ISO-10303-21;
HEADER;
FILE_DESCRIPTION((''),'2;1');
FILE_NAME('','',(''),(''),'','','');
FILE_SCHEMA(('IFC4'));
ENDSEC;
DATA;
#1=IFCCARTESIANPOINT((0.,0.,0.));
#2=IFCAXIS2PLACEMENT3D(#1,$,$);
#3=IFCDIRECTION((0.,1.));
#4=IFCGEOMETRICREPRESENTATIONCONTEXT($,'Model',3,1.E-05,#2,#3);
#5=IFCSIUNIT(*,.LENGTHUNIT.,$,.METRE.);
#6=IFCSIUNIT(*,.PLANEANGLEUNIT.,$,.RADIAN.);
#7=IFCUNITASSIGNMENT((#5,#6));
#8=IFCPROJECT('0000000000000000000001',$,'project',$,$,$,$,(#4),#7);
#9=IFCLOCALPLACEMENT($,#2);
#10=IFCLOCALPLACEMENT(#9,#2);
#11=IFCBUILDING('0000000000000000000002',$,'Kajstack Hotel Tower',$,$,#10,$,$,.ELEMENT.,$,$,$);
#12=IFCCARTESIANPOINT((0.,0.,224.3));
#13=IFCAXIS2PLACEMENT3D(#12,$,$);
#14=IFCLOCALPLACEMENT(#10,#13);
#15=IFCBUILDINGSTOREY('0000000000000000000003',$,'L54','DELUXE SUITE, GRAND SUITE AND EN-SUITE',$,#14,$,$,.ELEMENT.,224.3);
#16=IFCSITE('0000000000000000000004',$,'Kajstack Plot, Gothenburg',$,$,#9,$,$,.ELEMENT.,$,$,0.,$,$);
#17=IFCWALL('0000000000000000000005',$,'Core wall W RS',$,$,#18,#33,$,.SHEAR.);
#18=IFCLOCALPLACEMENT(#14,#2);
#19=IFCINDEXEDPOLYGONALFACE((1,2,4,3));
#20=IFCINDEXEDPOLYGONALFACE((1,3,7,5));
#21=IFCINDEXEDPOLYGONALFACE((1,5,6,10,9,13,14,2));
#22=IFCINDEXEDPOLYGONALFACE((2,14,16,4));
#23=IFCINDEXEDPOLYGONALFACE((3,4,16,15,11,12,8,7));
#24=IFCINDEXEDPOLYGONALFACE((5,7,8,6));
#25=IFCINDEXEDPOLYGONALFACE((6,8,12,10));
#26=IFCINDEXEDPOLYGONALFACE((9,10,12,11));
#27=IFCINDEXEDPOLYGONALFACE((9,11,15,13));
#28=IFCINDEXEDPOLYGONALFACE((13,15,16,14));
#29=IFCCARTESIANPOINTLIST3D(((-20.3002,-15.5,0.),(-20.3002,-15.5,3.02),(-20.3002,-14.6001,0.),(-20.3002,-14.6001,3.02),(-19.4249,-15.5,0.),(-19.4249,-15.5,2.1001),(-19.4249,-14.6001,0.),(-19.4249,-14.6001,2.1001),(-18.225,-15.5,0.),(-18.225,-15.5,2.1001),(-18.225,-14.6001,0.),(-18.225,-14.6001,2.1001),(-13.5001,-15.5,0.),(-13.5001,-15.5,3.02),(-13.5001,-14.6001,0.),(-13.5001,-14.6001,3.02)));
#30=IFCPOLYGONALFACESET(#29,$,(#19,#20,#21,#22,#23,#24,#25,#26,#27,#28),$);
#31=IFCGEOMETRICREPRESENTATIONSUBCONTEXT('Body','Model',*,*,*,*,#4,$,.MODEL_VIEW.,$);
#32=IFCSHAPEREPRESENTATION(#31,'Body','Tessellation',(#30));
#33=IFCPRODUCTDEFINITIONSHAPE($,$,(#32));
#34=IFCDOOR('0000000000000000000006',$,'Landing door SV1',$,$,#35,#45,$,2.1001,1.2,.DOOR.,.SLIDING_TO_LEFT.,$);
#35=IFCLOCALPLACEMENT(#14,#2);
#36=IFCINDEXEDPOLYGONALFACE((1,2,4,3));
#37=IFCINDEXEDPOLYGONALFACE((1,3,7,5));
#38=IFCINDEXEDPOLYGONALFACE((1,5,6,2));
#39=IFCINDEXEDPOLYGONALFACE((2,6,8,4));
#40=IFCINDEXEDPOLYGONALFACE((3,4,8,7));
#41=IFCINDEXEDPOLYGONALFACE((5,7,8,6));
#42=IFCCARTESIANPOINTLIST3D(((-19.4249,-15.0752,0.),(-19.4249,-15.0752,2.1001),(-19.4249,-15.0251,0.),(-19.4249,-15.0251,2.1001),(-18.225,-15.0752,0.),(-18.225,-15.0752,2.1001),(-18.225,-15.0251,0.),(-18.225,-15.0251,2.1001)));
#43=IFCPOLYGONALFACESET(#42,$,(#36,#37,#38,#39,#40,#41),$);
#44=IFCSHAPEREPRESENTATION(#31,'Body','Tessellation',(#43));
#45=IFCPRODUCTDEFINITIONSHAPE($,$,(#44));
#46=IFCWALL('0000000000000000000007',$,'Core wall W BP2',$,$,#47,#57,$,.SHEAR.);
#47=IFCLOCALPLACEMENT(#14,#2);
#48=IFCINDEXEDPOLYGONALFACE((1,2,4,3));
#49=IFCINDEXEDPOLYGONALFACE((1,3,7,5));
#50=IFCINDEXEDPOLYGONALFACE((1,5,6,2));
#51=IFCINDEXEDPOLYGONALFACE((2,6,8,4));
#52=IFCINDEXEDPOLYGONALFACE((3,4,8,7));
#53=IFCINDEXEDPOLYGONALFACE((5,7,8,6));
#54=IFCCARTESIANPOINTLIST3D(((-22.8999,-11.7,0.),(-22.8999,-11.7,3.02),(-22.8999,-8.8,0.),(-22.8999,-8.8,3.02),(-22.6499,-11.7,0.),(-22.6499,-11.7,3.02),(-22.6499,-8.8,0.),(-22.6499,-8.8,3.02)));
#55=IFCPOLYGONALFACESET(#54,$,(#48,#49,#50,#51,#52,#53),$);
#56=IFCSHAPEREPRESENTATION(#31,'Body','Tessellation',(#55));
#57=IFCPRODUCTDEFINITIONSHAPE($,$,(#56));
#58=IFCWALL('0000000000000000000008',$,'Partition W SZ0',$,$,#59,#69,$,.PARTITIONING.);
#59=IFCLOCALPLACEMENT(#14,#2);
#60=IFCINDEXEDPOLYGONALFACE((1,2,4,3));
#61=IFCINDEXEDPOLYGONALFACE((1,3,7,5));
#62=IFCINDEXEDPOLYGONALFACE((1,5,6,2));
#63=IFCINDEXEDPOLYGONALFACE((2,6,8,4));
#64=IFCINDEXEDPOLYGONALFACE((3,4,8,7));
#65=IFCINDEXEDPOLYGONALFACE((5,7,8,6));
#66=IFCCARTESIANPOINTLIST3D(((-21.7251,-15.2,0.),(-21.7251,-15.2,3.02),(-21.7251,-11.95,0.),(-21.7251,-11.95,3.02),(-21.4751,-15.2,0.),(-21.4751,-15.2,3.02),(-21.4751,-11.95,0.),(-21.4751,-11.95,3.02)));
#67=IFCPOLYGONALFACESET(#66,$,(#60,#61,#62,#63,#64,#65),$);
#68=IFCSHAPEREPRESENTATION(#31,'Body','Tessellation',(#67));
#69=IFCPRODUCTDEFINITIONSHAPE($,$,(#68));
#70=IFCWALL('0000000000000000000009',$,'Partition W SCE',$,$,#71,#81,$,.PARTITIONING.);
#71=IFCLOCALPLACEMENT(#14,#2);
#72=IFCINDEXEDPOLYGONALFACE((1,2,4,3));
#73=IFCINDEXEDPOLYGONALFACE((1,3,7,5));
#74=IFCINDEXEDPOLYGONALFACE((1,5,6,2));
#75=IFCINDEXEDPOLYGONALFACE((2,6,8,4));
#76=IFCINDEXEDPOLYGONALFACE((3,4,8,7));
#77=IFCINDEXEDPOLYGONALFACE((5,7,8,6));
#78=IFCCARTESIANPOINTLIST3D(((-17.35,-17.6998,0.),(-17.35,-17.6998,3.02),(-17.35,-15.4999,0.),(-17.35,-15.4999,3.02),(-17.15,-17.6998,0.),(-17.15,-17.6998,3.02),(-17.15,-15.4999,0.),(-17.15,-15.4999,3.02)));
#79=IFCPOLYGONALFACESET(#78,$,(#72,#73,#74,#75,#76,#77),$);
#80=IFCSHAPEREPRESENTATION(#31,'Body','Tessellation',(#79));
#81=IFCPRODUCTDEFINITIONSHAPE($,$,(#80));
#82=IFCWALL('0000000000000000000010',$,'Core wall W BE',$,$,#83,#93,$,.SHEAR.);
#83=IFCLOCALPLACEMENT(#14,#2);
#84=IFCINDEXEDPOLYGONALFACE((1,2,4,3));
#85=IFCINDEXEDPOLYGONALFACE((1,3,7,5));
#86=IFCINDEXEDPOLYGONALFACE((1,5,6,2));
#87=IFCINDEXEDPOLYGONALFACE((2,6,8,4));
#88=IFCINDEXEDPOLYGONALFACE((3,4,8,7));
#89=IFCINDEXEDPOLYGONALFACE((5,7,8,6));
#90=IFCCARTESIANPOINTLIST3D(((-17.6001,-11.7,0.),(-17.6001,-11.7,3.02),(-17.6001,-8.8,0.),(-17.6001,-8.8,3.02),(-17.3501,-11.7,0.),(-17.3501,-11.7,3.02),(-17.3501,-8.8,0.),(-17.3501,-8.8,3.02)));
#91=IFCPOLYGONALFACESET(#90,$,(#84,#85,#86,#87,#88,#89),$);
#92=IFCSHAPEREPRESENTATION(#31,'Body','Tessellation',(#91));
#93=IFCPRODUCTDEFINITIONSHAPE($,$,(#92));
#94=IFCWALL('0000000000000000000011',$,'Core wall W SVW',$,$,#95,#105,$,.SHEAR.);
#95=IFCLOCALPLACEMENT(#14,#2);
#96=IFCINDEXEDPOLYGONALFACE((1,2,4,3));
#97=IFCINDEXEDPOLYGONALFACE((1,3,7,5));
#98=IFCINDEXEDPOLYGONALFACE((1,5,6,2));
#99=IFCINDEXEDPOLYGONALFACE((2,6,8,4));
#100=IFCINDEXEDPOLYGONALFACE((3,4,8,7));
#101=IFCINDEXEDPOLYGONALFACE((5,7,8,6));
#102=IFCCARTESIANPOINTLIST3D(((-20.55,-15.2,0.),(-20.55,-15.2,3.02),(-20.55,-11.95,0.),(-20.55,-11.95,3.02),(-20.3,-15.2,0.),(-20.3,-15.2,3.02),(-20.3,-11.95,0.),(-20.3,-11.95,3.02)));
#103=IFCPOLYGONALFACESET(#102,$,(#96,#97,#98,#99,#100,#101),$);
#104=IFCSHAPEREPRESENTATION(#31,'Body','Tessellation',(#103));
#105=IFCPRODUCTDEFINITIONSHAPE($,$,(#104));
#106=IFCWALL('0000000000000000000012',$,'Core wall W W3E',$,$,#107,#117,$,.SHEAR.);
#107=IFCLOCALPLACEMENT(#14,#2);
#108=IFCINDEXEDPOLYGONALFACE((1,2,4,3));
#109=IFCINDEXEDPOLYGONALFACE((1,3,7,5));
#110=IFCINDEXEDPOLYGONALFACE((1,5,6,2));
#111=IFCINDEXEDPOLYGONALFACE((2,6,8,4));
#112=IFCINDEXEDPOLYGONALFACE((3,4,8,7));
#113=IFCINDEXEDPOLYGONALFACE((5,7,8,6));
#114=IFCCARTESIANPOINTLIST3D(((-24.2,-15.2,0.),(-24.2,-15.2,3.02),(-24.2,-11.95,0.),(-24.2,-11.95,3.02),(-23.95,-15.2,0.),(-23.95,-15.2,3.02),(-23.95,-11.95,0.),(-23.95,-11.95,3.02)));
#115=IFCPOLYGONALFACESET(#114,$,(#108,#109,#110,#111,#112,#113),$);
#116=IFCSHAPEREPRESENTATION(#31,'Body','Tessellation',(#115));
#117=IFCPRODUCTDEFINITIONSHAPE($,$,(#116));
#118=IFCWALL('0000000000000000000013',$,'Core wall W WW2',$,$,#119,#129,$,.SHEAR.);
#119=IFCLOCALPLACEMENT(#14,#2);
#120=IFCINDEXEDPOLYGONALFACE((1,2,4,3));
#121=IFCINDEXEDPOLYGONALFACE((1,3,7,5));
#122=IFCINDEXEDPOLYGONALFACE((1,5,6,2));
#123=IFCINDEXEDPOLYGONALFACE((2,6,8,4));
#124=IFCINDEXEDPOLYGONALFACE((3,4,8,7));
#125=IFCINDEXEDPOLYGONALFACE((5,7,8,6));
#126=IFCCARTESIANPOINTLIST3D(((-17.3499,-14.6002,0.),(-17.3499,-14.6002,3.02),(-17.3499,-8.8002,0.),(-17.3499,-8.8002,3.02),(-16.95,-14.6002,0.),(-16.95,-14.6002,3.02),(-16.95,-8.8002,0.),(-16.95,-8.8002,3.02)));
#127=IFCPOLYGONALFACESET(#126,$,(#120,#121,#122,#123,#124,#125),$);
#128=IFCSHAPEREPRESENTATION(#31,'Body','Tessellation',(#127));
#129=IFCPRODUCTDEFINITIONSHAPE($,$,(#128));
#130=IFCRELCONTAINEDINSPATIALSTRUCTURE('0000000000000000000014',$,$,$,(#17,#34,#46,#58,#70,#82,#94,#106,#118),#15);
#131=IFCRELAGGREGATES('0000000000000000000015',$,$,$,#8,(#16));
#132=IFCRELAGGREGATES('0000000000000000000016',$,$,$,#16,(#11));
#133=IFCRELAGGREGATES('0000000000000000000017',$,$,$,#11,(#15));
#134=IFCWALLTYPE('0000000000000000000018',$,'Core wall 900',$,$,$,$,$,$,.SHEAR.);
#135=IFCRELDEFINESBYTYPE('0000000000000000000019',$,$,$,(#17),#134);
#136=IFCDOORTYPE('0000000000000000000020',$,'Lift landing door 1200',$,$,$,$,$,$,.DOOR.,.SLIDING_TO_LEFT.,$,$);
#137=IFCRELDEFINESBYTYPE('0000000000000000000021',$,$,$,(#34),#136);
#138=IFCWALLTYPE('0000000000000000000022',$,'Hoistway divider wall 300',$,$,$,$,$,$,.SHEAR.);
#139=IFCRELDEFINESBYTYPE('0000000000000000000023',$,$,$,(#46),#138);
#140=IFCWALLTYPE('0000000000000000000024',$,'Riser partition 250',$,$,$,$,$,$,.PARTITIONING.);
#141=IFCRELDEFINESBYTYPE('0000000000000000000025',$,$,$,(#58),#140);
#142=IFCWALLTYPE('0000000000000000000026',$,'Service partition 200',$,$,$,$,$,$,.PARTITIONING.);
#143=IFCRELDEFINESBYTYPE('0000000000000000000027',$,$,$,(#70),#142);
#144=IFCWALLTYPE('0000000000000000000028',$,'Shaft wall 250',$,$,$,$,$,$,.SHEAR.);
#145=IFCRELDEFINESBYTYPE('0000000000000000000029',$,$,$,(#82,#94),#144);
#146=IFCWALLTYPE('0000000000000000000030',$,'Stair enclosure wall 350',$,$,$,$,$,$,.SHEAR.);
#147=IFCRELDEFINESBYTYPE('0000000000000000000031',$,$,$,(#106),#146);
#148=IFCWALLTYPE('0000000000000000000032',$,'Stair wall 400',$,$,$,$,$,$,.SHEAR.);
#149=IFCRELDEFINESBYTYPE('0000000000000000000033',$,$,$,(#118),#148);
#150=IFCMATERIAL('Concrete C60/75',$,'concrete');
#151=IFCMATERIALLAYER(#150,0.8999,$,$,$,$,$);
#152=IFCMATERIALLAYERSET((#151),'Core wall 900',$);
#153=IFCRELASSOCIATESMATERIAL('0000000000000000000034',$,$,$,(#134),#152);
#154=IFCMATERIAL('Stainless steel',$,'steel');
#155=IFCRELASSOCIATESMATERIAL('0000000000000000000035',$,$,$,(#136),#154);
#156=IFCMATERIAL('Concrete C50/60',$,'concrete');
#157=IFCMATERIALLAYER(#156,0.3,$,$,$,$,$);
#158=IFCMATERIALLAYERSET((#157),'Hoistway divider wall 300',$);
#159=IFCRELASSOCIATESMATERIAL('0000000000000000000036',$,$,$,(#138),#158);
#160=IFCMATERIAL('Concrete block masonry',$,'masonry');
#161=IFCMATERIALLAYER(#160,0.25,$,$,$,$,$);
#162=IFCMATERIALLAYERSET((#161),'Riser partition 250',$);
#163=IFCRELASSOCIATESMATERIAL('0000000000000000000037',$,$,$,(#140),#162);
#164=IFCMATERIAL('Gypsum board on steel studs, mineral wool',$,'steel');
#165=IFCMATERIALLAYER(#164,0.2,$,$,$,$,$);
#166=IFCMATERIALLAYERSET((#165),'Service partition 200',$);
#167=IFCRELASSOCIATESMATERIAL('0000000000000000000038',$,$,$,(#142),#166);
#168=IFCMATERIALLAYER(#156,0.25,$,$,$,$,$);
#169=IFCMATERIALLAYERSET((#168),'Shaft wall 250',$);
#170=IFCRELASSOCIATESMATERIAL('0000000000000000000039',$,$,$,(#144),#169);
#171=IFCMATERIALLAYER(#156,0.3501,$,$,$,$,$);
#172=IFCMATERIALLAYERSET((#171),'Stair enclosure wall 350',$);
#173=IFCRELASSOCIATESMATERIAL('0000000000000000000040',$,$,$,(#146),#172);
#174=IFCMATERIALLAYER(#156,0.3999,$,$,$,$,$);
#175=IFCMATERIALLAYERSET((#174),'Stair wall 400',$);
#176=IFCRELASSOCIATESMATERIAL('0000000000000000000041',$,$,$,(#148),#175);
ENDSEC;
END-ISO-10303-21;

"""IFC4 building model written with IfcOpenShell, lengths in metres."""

from ifc_helpers import new_model, si_unit, direction, frame, frame_2d, origin, place, context, subcontext, project, spatial, rectangle, extrude, material, layer, layer_set, type_object, element, fill, save


model = new_model("IFC4")

# Units and contexts
model_context = context("Model", 3, precision=1e-05, world=origin(), true_north=direction((0.0, 1.0)))
body_context = subcontext(model_context, "Body", "Model", "MODEL_VIEW")
ifc_project = project(units=[si_unit("LENGTHUNIT", "METRE"), si_unit("PLANEANGLEUNIT", "RADIAN")], contexts=[model_context])

# Site, building, storey
site_placement = place(None, origin())
site = spatial("IfcSite", under=ifc_project, at=site_placement, Name="Kajstack Plot, Gothenburg", CompositionType="ELEMENT", RefElevation=0.0)
building_placement = place(site_placement, origin())
building = spatial("IfcBuilding", under=site, at=building_placement, Name="Kajstack Hotel Tower", CompositionType="ELEMENT")
storey_placement = place(building_placement, frame((0.0, 0.0, 224.3)))
storey = spatial("IfcBuildingStorey", under=building, at=storey_placement, Name="L54", Description="DELUXE SUITE, GRAND SUITE AND EN-SUITE", CompositionType="ELEMENT", Elevation=224.3)

# Wall, opening, door
ifc_material_1 = material(Name="Concrete C60/75", Category="concrete")
ifc_layer_1 = layer(ifc_material_1, 0.8999)
ifc_layer_set_1 = layer_set([ifc_layer_1], Name="Core wall 900")
wall_type_1 = type_object("IfcWallType", Name="Core wall 900", PredefinedType="SHEAR", material=ifc_layer_set_1)
wall_1_placement = place(storey_placement, frame((-20.3, -15.05, 0.0), z_axis=(0.0, 0.0, 1.0), x_axis=(1.0, 0.0, 0.0)))
wall_1 = element("IfcWall", 1, at=wall_1_placement, inside=storey, type_object=wall_type_1, Name="Core wall W RS", PredefinedType="SHEAR", context=body_context, shape_type="SweptSolid", body=[
    extrude(rectangle(XDim=6.8, YDim=0.8999, at=frame_2d((3.3999, 0.0))), origin(), (0.0, 0.0, 1.0), 3.02),
])
opening_placement = place(wall_1_placement, frame((0.875, 0.0, 0.0)))
opening = element("IfcOpeningElement", 2, at=opening_placement, cuts=wall_1, PredefinedType="OPENING", context=body_context, shape_type="SweptSolid", body=[
    extrude(rectangle(XDim=1.2, YDim=2.1001, at=frame_2d((0.6001, 1.05))), frame((0.0, 0.46, 0.0), z_axis=(0.0, -1.0, 0.0), x_axis=(1.0, 0.0, 0.0)), (0.0, 0.0, 1.0), 0.9199),
])
ifc_material_2 = material(Name="Stainless steel", Category="steel")
door_type = type_object("IfcDoorType", Name="Lift landing door 1200", OperationType="SLIDING_TO_LEFT", PredefinedType="DOOR", material=ifc_material_2)
door_placement = place(opening_placement, origin())
door = element("IfcDoor", 3, at=door_placement, inside=storey, type_object=door_type, Name="Landing door SV1", OperationType="SLIDING_TO_LEFT", OverallHeight=2.1001, OverallWidth=1.2, PredefinedType="DOOR", context=body_context, shape_type="SweptSolid", body=[
    extrude(rectangle(XDim=1.2, YDim=2.1001, at=frame_2d((0.6001, 1.05))), frame((0.0, 0.0249, 0.0), z_axis=(0.0, -1.0, 0.0), x_axis=(1.0, 0.0, 0.0)), (0.0, 0.0, 1.0), 0.05),
])
fill(opening, door)

# Walls
ifc_material_3 = material(Name="Concrete C50/60", Category="concrete")
ifc_layer_2 = layer(ifc_material_3, 0.3)
ifc_layer_set_2 = layer_set([ifc_layer_2], Name="Hoistway divider wall 300")
wall_type_2 = type_object("IfcWallType", Name="Hoistway divider wall 300", PredefinedType="SHEAR", material=ifc_layer_set_2)
wall_2_placement = place(storey_placement, frame((-22.7749, -11.7, 0.0), z_axis=(0.0, 0.0, 1.0), x_axis=(0.0, 1.0, 0.0)))
element("IfcWall", 4, at=wall_2_placement, inside=storey, type_object=wall_type_2, Name="Core wall W BP2", PredefinedType="SHEAR", context=body_context, shape_type="SweptSolid", body=[
    extrude(rectangle(XDim=2.8999, YDim=0.25, at=frame_2d((1.45, 0.0))), origin(), (0.0, 0.0, 1.0), 3.02),
])
ifc_material_4 = material(Name="Concrete block masonry", Category="masonry")
ifc_layer_3 = layer(ifc_material_4, 0.25)
ifc_layer_set_3 = layer_set([ifc_layer_3], Name="Riser partition 250")
wall_type_3 = type_object("IfcWallType", Name="Riser partition 250", PredefinedType="PARTITIONING", material=ifc_layer_set_3)
wall_3_placement = place(storey_placement, frame((-21.6001, -15.2, 0.0), z_axis=(0.0, 0.0, 1.0), x_axis=(0.0, 1.0, 0.0)))
element("IfcWall", 5, at=wall_3_placement, inside=storey, type_object=wall_type_3, Name="Partition W SZ0", PredefinedType="PARTITIONING", context=body_context, shape_type="SweptSolid", body=[
    extrude(rectangle(XDim=3.25, YDim=0.25, at=frame_2d((1.625, 0.0))), origin(), (0.0, 0.0, 1.0), 3.02),
])
ifc_material_5 = material(Name="Gypsum board on steel studs, mineral wool", Category="steel")
ifc_layer_4 = layer(ifc_material_5, 0.2)
ifc_layer_set_4 = layer_set([ifc_layer_4], Name="Service partition 200")
wall_type_4 = type_object("IfcWallType", Name="Service partition 200", PredefinedType="PARTITIONING", material=ifc_layer_set_4)
wall_4_placement = place(storey_placement, frame((-17.25, -17.7, 0.0), z_axis=(0.0, 0.0, 1.0), x_axis=(0.0, 1.0, 0.0)))
element("IfcWall", 6, at=wall_4_placement, inside=storey, type_object=wall_type_4, Name="Partition W SCE", PredefinedType="PARTITIONING", context=body_context, shape_type="SweptSolid", body=[
    extrude(rectangle(XDim=2.2, YDim=0.2, at=frame_2d((1.1001, 0.0))), origin(), (0.0, 0.0, 1.0), 3.02),
])
ifc_layer_5 = layer(ifc_material_3, 0.25)
ifc_layer_set_5 = layer_set([ifc_layer_5], Name="Shaft wall 250")
wall_type_5 = type_object("IfcWallType", Name="Shaft wall 250", PredefinedType="SHEAR", material=ifc_layer_set_5)
wall_5_placement = place(storey_placement, frame((-17.4751, -11.7, 0.0), z_axis=(0.0, 0.0, 1.0), x_axis=(0.0, 1.0, 0.0)))
element("IfcWall", 7, at=wall_5_placement, inside=storey, type_object=wall_type_5, Name="Core wall W BE", PredefinedType="SHEAR", context=body_context, shape_type="SweptSolid", body=[
    extrude(rectangle(XDim=2.8999, YDim=0.25, at=frame_2d((1.45, 0.0))), origin(), (0.0, 0.0, 1.0), 3.02),
])
wall_6_placement = place(storey_placement, frame((-20.425, -15.2, 0.0), z_axis=(0.0, 0.0, 1.0), x_axis=(0.0, 1.0, 0.0)))
element("IfcWall", 8, at=wall_6_placement, inside=storey, type_object=wall_type_5, Name="Core wall W SVW", PredefinedType="SHEAR", context=body_context, shape_type="SweptSolid", body=[
    extrude(rectangle(XDim=3.25, YDim=0.25, at=frame_2d((1.625, 0.0))), origin(), (0.0, 0.0, 1.0), 3.02),
])
ifc_layer_6 = layer(ifc_material_3, 0.3501)
ifc_layer_set_6 = layer_set([ifc_layer_6], Name="Stair enclosure wall 350")
wall_type_6 = type_object("IfcWallType", Name="Stair enclosure wall 350", PredefinedType="SHEAR", material=ifc_layer_set_6)
wall_7_placement = place(storey_placement, frame((-24.075, -15.2, 0.0), z_axis=(0.0, 0.0, 1.0), x_axis=(0.0, 1.0, 0.0)))
element("IfcWall", 9, at=wall_7_placement, inside=storey, type_object=wall_type_6, Name="Core wall W W3E", PredefinedType="SHEAR", context=body_context, shape_type="SweptSolid", body=[
    extrude(rectangle(XDim=3.25, YDim=0.25, at=frame_2d((1.625, 0.0))), origin(), (0.0, 0.0, 1.0), 3.02),
])
ifc_layer_7 = layer(ifc_material_3, 0.3999)
ifc_layer_set_7 = layer_set([ifc_layer_7], Name="Stair wall 400")
wall_type_7 = type_object("IfcWallType", Name="Stair wall 400", PredefinedType="SHEAR", material=ifc_layer_set_7)
wall_8_placement = place(storey_placement, frame((-17.1499, -14.6001, 0.0), z_axis=(0.0, 0.0, 1.0), x_axis=(0.0, 1.0, 0.0)))
element("IfcWall", 10, at=wall_8_placement, inside=storey, type_object=wall_type_7, Name="Core wall W WW2", PredefinedType="SHEAR", context=body_context, shape_type="SweptSolid", body=[
    extrude(rectangle(XDim=5.8, YDim=0.3999, at=frame_2d((2.8999, 0.0))), origin(), (0.0, 0.0, 1.0), 3.02),
])

save(model, "model.ifc")
